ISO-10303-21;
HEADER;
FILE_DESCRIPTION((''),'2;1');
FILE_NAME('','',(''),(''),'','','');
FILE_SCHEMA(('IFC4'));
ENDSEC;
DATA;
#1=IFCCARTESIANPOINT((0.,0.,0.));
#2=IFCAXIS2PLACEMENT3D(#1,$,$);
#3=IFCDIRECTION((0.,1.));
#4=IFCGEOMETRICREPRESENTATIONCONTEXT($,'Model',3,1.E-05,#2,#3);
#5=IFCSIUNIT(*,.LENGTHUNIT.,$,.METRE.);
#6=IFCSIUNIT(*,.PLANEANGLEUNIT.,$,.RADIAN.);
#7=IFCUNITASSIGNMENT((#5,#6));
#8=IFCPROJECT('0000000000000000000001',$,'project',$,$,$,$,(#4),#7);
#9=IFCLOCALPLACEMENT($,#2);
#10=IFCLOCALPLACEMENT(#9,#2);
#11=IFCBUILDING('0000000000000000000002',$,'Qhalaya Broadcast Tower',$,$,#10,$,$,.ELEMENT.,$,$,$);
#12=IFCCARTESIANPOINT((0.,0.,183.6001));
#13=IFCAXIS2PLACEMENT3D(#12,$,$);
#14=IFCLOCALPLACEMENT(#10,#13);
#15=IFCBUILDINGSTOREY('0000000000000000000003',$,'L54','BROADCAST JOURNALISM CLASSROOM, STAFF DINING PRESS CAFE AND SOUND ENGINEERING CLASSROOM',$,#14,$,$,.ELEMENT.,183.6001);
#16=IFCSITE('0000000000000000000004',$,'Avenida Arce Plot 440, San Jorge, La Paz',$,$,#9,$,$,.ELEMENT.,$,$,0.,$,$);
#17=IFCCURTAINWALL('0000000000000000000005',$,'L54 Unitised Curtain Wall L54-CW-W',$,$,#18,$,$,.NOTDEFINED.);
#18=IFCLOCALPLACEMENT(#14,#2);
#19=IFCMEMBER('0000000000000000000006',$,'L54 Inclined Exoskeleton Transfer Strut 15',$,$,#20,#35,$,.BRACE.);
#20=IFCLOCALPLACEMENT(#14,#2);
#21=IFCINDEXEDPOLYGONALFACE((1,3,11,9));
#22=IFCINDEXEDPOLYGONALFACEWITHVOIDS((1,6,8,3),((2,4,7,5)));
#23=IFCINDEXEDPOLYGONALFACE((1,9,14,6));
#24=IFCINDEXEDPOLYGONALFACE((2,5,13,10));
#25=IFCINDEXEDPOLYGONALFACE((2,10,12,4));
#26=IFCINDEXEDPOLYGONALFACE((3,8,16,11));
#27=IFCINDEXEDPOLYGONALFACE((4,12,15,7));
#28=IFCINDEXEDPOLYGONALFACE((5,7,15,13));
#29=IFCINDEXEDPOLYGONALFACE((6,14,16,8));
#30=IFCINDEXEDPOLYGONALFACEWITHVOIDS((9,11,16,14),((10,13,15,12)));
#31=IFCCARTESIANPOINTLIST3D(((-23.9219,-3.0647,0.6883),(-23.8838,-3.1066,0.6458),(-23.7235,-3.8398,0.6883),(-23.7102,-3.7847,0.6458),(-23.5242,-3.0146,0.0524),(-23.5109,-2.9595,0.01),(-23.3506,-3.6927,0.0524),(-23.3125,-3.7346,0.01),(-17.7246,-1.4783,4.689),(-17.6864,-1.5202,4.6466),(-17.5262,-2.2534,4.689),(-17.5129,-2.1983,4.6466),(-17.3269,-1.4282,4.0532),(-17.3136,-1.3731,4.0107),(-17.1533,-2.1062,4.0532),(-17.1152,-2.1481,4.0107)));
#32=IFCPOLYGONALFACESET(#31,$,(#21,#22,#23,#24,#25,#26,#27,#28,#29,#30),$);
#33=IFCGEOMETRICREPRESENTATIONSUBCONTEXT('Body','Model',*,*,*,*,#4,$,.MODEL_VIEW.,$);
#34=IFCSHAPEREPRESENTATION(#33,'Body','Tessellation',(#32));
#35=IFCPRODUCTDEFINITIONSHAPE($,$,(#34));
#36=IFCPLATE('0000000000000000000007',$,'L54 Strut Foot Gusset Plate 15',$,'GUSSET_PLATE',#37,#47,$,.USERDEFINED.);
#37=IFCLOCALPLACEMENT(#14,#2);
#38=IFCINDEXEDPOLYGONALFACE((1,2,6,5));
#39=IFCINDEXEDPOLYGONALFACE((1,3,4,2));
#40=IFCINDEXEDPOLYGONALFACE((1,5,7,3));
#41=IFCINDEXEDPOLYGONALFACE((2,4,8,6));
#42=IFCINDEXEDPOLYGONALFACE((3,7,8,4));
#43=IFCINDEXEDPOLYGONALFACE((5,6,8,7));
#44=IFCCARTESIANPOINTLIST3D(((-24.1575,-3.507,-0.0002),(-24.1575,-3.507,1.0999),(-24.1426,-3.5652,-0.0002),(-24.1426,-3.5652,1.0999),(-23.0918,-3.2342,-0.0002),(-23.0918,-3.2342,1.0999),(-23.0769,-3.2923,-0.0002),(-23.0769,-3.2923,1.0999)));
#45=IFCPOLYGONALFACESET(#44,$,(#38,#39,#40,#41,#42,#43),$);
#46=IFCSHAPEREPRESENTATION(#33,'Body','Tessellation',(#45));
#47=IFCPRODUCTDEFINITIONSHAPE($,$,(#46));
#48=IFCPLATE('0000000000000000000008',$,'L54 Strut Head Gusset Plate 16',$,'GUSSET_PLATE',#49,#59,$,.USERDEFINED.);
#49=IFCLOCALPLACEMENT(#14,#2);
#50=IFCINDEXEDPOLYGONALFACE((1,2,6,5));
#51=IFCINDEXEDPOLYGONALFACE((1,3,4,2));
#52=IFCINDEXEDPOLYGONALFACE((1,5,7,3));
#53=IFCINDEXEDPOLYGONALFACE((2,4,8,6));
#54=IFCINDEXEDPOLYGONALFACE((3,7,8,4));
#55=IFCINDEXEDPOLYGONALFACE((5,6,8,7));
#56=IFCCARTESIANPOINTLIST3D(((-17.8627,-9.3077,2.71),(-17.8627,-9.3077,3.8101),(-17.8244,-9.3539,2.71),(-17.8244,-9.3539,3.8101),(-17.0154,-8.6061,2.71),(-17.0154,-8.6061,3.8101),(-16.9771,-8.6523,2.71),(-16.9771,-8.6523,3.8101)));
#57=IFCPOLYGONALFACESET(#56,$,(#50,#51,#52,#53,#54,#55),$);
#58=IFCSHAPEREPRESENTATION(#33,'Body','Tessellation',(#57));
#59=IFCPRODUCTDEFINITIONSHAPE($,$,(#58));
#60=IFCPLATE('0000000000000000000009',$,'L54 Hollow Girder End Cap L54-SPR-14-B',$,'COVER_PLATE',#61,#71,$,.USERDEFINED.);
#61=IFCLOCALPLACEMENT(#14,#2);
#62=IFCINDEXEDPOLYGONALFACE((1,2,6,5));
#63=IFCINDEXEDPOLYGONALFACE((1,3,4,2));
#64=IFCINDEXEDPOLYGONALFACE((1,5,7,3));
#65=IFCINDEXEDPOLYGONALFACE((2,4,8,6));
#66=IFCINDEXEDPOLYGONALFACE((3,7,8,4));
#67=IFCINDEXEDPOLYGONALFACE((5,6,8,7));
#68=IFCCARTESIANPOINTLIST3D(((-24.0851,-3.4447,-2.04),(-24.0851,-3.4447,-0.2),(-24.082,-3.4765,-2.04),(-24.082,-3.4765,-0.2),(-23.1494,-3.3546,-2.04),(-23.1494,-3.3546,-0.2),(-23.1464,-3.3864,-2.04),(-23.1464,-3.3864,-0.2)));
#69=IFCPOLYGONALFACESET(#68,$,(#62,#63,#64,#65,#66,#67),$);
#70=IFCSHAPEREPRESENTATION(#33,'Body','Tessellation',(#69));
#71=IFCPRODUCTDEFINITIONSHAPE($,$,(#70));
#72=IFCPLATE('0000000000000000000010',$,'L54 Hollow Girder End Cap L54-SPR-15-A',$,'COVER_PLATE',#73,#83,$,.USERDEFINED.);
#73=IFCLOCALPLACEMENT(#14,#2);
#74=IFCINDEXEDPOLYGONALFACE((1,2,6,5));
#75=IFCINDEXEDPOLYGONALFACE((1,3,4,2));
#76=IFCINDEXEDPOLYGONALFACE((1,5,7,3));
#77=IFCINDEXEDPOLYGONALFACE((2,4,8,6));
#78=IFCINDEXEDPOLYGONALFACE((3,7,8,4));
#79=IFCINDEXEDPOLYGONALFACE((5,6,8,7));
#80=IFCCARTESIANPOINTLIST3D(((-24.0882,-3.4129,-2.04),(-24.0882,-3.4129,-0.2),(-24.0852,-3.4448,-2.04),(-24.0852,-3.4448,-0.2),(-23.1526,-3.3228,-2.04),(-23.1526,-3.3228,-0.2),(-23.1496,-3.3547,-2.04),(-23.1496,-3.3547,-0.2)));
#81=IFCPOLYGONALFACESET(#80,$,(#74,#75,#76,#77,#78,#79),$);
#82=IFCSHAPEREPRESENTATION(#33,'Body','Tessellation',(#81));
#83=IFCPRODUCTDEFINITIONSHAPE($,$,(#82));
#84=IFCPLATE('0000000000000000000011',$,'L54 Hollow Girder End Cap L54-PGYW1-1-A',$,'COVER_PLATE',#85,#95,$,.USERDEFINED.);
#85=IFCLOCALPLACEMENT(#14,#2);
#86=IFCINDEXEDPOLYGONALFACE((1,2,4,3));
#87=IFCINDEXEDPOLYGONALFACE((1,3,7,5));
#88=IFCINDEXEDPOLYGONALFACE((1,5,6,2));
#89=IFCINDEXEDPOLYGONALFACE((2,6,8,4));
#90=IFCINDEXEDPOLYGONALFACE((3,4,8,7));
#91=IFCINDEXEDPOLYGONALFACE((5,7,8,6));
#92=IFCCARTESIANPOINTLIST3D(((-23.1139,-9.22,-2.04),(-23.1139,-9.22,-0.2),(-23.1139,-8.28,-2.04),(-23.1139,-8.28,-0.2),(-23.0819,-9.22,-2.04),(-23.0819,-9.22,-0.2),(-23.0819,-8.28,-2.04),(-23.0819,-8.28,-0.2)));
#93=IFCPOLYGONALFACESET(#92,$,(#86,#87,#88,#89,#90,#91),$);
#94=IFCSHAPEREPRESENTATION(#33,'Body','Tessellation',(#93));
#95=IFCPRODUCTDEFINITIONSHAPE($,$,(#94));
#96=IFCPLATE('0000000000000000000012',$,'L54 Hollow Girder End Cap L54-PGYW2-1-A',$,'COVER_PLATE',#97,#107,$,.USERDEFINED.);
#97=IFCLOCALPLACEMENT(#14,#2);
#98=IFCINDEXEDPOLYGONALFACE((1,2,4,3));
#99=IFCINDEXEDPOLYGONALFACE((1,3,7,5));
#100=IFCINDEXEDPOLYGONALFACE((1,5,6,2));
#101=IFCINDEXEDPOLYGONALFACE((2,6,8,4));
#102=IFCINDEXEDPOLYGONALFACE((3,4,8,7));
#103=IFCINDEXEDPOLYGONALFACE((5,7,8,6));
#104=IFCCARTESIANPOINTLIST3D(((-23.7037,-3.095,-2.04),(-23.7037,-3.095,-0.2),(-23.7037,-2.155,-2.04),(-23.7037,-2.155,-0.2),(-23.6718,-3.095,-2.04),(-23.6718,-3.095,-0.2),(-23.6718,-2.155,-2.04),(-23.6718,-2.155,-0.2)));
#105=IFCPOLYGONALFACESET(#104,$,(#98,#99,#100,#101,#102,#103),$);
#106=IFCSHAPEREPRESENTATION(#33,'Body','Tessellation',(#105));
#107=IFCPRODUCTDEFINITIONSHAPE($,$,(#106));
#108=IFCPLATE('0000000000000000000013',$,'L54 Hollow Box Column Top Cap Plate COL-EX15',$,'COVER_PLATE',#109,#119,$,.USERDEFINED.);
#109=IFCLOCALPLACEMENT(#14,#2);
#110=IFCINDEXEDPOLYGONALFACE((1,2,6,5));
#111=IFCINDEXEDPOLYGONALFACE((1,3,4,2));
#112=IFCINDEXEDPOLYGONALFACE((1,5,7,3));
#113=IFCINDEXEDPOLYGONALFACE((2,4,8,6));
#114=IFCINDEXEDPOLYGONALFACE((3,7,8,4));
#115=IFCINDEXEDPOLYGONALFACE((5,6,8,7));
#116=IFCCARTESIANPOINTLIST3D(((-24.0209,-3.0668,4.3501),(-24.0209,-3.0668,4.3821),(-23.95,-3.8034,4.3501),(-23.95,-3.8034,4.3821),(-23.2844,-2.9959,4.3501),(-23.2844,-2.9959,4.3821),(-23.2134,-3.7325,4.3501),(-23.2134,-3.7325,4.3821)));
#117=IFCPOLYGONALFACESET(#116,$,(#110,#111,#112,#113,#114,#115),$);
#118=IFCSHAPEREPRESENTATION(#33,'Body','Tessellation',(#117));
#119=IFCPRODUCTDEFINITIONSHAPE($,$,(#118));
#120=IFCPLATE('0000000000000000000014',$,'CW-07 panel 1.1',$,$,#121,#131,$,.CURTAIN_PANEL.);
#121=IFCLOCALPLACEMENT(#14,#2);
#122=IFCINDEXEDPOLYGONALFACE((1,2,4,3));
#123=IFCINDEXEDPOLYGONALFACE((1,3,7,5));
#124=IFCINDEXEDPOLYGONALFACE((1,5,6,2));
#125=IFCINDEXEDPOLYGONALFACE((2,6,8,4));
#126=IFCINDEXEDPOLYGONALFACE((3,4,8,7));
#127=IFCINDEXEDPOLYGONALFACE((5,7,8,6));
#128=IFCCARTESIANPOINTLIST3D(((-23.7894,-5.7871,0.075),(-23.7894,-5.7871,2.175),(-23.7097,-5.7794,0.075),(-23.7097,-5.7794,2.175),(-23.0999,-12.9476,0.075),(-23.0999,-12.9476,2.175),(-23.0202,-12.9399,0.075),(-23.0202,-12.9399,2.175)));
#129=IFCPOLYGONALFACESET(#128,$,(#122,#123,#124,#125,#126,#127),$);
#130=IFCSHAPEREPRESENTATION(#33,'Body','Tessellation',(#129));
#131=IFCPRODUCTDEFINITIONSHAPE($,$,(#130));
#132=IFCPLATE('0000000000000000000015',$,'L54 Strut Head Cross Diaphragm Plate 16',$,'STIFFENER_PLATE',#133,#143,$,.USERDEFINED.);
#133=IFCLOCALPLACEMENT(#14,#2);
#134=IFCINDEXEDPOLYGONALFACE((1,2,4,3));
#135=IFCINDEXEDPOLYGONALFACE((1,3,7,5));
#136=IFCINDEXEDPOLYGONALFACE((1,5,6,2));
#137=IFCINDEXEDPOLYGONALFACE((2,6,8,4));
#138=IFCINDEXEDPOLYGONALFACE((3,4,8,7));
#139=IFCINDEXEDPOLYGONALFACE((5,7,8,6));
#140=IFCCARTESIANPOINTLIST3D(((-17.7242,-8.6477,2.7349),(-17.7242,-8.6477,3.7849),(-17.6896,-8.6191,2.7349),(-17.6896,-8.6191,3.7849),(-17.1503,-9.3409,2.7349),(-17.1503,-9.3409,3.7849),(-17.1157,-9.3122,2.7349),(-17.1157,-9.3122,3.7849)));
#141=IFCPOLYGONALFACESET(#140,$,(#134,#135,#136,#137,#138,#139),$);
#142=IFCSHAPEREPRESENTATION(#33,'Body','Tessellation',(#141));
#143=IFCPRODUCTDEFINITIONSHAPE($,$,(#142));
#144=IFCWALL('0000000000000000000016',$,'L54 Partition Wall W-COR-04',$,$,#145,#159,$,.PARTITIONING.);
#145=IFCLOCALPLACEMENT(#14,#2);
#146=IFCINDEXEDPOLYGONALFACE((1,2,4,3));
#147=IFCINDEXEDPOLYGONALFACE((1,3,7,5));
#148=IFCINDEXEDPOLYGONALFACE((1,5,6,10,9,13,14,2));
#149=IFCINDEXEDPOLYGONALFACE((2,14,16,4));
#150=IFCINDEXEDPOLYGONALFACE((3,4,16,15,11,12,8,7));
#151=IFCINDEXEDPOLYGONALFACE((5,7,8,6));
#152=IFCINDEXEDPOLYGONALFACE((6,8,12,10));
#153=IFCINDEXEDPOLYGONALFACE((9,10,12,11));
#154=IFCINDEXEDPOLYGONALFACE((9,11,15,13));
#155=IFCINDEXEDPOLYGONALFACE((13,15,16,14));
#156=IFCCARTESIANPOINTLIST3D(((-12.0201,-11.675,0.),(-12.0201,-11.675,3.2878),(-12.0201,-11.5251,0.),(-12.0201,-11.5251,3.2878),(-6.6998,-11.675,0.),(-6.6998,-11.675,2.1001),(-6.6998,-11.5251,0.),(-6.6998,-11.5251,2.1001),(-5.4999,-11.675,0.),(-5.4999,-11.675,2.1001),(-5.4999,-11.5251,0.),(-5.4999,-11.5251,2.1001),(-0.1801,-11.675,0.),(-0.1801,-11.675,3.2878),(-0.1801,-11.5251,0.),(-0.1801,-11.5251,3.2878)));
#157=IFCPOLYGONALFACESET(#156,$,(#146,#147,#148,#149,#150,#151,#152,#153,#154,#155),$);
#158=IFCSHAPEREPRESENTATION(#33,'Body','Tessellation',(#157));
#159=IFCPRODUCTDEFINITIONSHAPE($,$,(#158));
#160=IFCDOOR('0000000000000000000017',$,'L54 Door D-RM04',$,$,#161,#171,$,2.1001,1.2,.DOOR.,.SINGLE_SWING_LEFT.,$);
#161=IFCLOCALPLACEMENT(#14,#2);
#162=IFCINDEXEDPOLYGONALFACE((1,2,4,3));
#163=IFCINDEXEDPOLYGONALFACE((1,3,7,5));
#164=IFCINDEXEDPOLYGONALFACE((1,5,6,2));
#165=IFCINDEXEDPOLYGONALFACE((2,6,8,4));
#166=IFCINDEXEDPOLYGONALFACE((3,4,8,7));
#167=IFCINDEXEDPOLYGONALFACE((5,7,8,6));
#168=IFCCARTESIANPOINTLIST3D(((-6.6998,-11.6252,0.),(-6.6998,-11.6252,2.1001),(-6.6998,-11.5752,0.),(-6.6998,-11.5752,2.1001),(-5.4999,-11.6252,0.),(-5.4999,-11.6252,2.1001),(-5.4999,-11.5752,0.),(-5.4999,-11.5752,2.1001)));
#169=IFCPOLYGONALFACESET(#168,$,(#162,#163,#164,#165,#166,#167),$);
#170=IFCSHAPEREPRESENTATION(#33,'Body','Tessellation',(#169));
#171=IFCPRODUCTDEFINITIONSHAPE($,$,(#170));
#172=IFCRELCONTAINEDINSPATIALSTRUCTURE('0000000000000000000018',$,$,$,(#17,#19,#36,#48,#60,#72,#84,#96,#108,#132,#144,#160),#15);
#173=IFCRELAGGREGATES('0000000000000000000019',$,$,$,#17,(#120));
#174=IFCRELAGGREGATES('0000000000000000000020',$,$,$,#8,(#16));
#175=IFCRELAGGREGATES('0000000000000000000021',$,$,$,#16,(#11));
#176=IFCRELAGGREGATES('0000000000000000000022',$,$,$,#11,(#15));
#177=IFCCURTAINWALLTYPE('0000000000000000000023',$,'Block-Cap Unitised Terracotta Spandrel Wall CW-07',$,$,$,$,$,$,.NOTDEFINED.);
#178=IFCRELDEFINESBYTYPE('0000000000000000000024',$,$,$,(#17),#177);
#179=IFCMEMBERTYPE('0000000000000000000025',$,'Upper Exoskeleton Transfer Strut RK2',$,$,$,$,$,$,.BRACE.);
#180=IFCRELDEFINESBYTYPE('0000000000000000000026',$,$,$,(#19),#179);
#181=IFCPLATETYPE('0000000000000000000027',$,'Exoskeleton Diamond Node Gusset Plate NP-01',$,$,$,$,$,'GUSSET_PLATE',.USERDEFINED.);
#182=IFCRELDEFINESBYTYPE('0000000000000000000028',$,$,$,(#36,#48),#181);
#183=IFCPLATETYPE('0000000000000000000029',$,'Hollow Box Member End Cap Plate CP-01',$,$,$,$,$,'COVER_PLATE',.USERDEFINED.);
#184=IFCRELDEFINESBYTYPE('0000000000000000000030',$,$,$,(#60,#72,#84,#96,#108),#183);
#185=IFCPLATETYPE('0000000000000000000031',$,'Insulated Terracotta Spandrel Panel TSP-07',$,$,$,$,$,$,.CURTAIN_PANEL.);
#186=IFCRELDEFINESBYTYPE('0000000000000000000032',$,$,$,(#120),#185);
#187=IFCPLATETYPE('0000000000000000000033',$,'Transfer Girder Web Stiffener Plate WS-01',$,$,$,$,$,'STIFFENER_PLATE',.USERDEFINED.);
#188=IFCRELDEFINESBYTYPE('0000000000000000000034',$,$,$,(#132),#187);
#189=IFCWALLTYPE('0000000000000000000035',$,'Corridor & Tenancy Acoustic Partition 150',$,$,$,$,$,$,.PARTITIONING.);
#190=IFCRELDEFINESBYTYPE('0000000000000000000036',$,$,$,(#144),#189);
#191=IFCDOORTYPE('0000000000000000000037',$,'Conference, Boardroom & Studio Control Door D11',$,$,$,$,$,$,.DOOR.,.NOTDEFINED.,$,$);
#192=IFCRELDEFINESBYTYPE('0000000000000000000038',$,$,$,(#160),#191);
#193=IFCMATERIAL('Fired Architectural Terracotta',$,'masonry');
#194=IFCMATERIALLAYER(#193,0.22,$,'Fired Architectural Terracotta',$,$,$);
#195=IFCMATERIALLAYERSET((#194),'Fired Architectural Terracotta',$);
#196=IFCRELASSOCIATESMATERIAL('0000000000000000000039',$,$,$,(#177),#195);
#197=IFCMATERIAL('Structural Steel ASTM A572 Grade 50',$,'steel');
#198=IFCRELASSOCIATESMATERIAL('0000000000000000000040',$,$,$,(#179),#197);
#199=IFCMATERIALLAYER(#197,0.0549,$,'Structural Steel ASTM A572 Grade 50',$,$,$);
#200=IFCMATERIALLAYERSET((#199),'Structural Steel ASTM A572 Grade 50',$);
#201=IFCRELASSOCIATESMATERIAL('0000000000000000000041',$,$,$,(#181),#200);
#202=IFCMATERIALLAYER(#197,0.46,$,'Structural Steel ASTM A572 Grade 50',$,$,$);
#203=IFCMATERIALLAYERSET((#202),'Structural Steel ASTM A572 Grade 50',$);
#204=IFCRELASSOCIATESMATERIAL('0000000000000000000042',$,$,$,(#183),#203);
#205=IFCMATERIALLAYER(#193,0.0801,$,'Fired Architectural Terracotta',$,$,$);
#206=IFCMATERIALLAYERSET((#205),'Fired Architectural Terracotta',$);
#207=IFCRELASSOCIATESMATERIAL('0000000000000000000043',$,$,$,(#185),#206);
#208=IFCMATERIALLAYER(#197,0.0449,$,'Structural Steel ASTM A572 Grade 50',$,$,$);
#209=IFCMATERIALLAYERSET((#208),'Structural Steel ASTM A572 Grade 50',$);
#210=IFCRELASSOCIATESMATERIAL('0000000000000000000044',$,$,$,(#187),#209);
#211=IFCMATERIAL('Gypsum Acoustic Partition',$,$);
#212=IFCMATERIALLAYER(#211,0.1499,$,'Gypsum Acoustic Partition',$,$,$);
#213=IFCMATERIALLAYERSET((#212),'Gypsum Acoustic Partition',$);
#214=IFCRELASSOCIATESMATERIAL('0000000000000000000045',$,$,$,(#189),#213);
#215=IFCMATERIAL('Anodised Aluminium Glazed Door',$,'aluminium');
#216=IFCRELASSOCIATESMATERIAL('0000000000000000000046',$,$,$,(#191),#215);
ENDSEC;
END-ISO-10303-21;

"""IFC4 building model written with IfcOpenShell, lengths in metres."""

from ifc_helpers import new_model, si_unit, direction, frame, frame_2d, origin, origin_2d, place, context, subcontext, project, spatial, rectangle, hollow_rectangle, extrude, material, layer, layer_set, material_profile, profile_set, type_object, element, fill, aggregate, save


model = new_model("IFC4")

# Units and contexts
model_context = context("Model", 3, precision=1e-05, world=origin(), true_north=direction((0.0, 1.0)))
body_context = subcontext(model_context, "Body", "Model", "MODEL_VIEW")
ifc_project = project(units=[si_unit("LENGTHUNIT", "METRE"), si_unit("PLANEANGLEUNIT", "RADIAN")], contexts=[model_context])

# Site, building, storey
site_placement = place(None, origin())
site = spatial("IfcSite", under=ifc_project, at=site_placement, Name="Avenida Arce Plot 440, San Jorge, La Paz", CompositionType="ELEMENT", RefElevation=0.0)
building_placement = place(site_placement, origin())
building = spatial("IfcBuilding", under=site, at=building_placement, Name="Qhalaya Broadcast Tower", CompositionType="ELEMENT")
storey_placement = place(building_placement, frame((0.0, 0.0, 183.6001)))
storey = spatial("IfcBuildingStorey", under=building, at=storey_placement, Name="L54", Description="BROADCAST JOURNALISM CLASSROOM, STAFF DINING PRESS CAFE AND SOUND ENGINEERING CLASSROOM", CompositionType="ELEMENT", Elevation=183.6001)

# Shared definitions
ifc_material_1 = material(Name="Structural Steel ASTM A572 Grade 50", Category="steel")

# Curtain wall
ifc_material_2 = material(Name="Fired Architectural Terracotta", Category="masonry")
ifc_layer_1 = layer(ifc_material_2, 0.22, Name="Fired Architectural Terracotta")
ifc_layer_set_1 = layer_set([ifc_layer_1], Name="Fired Architectural Terracotta")
curtain_wall_type = type_object("IfcCurtainWallType", Name="Block-Cap Unitised Terracotta Spandrel Wall CW-07", PredefinedType="NOTDEFINED", material=ifc_layer_set_1)
curtain_wall_placement = place(storey_placement, origin())
curtain_wall = element("IfcCurtainWall", 1, at=curtain_wall_placement, inside=storey, type_object=curtain_wall_type, Name="L54 Unitised Curtain Wall L54-CW-W", PredefinedType="NOTDEFINED")

# Member
ifc_material_profile_1 = material_profile(ifc_material_1, hollow_rectangle(XDim=0.8, YDim=0.8, WallThickness=0.05, at=origin_2d()), Name="BOX 800x800x50")
ifc_profile_set_1 = profile_set([ifc_material_profile_1], Name="Structural Steel ASTM A572 Grade 50")
member_type_1 = type_object("IfcMemberType", Name="Upper Exoskeleton Transfer Strut RK2", PredefinedType="BRACE", material=ifc_profile_set_1)
member_1_placement = place(storey_placement, frame((-23.6172, -3.3997, 0.3491), z_axis=(0.821362, 0.210259, 0.530242), x_axis=(-0.247992, 0.968762, 0.0)))
element("IfcMember", 2, at=member_1_placement, inside=storey, type_object=member_type_1, Name="L54 Inclined Exoskeleton Transfer Strut 15", PredefinedType="BRACE", context=body_context, shape_type="SweptSolid", body=[
    extrude(hollow_rectangle(XDim=0.8, YDim=0.8, WallThickness=0.05, at=origin_2d()), origin(), (0.0, 0.0, 1.0), 7.5452),
])

# Plates
ifc_layer_2 = layer(ifc_material_1, 0.0549, Name="Structural Steel ASTM A572 Grade 50")
ifc_layer_set_2 = layer_set([ifc_layer_2], Name="Structural Steel ASTM A572 Grade 50")
plate_type_1 = type_object("IfcPlateType", Name="Exoskeleton Diamond Node Gusset Plate NP-01", ElementType="GUSSET_PLATE", PredefinedType="USERDEFINED", material=ifc_layer_set_2)
for number, where, z_axis, x_axis, name in (
    (3, (-23.6172, -3.3997, -0.0002), (0.0, 0.0, 1.0), (0.968765, 0.24798, 0.0), "L54 Strut Foot Gusset Plate 15"),
    (4, (-17.4199, -8.98, 2.71), (0.0, 0.0, 1.0), (0.770235, 0.63776, 0.0), "L54 Strut Head Gusset Plate 16"),
):
    element("IfcPlate", number, at=place(storey_placement, frame(where, z_axis=z_axis, x_axis=x_axis)), inside=storey, type_object=plate_type_1, Name=name, ObjectType="GUSSET_PLATE", PredefinedType="USERDEFINED", context=body_context, shape_type="SweptSolid", body=[
        extrude(rectangle(XDim=1.1001, YDim=0.0601, at=origin_2d()), origin(), (0.0, 0.0, 1.0), 1.1001),
    ])
ifc_layer_3 = layer(ifc_material_1, 0.46, Name="Structural Steel ASTM A572 Grade 50")
ifc_layer_set_3 = layer_set([ifc_layer_3], Name="Structural Steel ASTM A572 Grade 50")
plate_type_2 = type_object("IfcPlateType", Name="Hollow Box Member End Cap Plate CP-01", ElementType="COVER_PLATE", PredefinedType="USERDEFINED", material=ifc_layer_set_3)
for number, where, z_axis, x_axis, name in (
    (5, (-23.6157, -3.4155, -2.04), (0.0, 0.0, 1.0), (0.995396, 0.095846, 0.0), "L54 Hollow Girder End Cap L54-SPR-14-B"),
    (6, (-23.6189, -3.3838, -2.04), (0.0, 0.0, 1.0), (0.995396, 0.095846, 0.0), "L54 Hollow Girder End Cap L54-SPR-15-A"),
    (7, (-23.0979, -8.75, -2.04), (0.0, 0.0, 1.0), (0.0, 1.0, 0.0), "L54 Hollow Girder End Cap L54-PGYW1-1-A"),
    (8, (-23.6877, -2.625, -2.04), (0.0, 0.0, 1.0), (0.0, 1.0, 0.0), "L54 Hollow Girder End Cap L54-PGYW2-1-A"),
):
    element("IfcPlate", number, at=place(storey_placement, frame(where, z_axis=z_axis, x_axis=x_axis)), inside=storey, type_object=plate_type_2, Name=name, ObjectType="COVER_PLATE", PredefinedType="USERDEFINED", context=body_context, shape_type="SweptSolid", body=[
        extrude(rectangle(XDim=0.9399, YDim=0.032, at=origin_2d()), origin(), (0.0, 0.0, 1.0), 1.8401),
    ])
plate_1_placement = place(storey_placement, frame((-23.6172, -3.3997, 4.3501), z_axis=(0.0, 0.0, 1.0), x_axis=(-0.095846, 0.995396, 0.0)))
element("IfcPlate", 9, at=plate_1_placement, inside=storey, type_object=plate_type_2, Name="L54 Hollow Box Column Top Cap Plate COL-EX15", ObjectType="COVER_PLATE", PredefinedType="USERDEFINED", context=body_context, shape_type="SweptSolid", body=[
    extrude(rectangle(XDim=0.74, YDim=0.74, at=origin_2d()), origin(), (0.0, 0.0, 1.0), 0.032),
])

# Plates
ifc_layer_4 = layer(ifc_material_2, 0.0801, Name="Fired Architectural Terracotta")
ifc_layer_set_4 = layer_set([ifc_layer_4], Name="Fired Architectural Terracotta")
plate_type_3 = type_object("IfcPlateType", Name="Insulated Terracotta Spandrel Panel TSP-07", PredefinedType="CURTAIN_PANEL", material=ifc_layer_set_4)
plate_2_placement = place(storey_placement, frame((-23.4048, -9.3635, 0.075), z_axis=(0.0, 0.0, 1.0), x_axis=(-0.095846, 0.995396, 0.0)))
plate_2 = element("IfcPlate", 10, at=plate_2_placement, type_object=plate_type_3, Name="CW-07 panel 1.1", PredefinedType="CURTAIN_PANEL", context=body_context, shape_type="SweptSolid", body=[
    extrude(rectangle(XDim=7.1936, YDim=0.0801, at=origin_2d()), origin(), (0.0, 0.0, 1.0), 2.1001),
])
aggregate(curtain_wall, [plate_2])
ifc_layer_5 = layer(ifc_material_1, 0.0449, Name="Structural Steel ASTM A572 Grade 50")
ifc_layer_set_5 = layer_set([ifc_layer_5], Name="Structural Steel ASTM A572 Grade 50")
plate_type_4 = type_object("IfcPlateType", Name="Transfer Girder Web Stiffener Plate WS-01", ElementType="STIFFENER_PLATE", PredefinedType="USERDEFINED", material=ifc_layer_set_5)
plate_3_placement = place(storey_placement, frame((-17.4199, -8.98, 2.7349), z_axis=(0.0, 0.0, 1.0), x_axis=(-0.63776, 0.770235, 0.0)))
element("IfcPlate", 11, at=plate_3_placement, inside=storey, type_object=plate_type_4, Name="L54 Strut Head Cross Diaphragm Plate 16", ObjectType="STIFFENER_PLATE", PredefinedType="USERDEFINED", context=body_context, shape_type="SweptSolid", body=[
    extrude(rectangle(XDim=0.8999, YDim=0.0449, at=origin_2d()), origin(), (0.0, 0.0, 1.0), 1.05),
])

# Wall, opening, door
ifc_material_3 = material(Name="Gypsum Acoustic Partition")
ifc_layer_6 = layer(ifc_material_3, 0.1499, Name="Gypsum Acoustic Partition")
ifc_layer_set_6 = layer_set([ifc_layer_6], Name="Gypsum Acoustic Partition")
wall_type_1 = type_object("IfcWallType", Name="Corridor & Tenancy Acoustic Partition 150", PredefinedType="PARTITIONING", material=ifc_layer_set_6)
wall_1_placement = place(storey_placement, frame((-12.02, -11.6001, 0.0), z_axis=(0.0, 0.0, 1.0), x_axis=(1.0, 0.0, 0.0)))
wall_1 = element("IfcWall", 12, at=wall_1_placement, inside=storey, type_object=wall_type_1, Name="L54 Partition Wall W-COR-04", PredefinedType="PARTITIONING", context=body_context, shape_type="SweptSolid", body=[
    extrude(rectangle(XDim=11.8401, YDim=0.1499, at=frame_2d((5.9199, 0.0))), origin(), (0.0, 0.0, 1.0), 3.2878),
])
opening_1_placement = place(wall_1_placement, frame((5.3201, 0.0, 0.0)))
opening_1 = element("IfcOpeningElement", 13, at=opening_1_placement, cuts=wall_1, PredefinedType="OPENING", context=body_context, shape_type="SweptSolid", body=[
    extrude(rectangle(XDim=1.2, YDim=2.1001, at=frame_2d((0.6001, 1.05))), frame((0.0, 0.0869, 0.0), z_axis=(0.0, -1.0, 0.0), x_axis=(1.0, 0.0, 0.0)), (0.0, 0.0, 1.0), 0.1738),
])
ifc_material_4 = material(Name="Anodised Aluminium Glazed Door", Category="aluminium")
door_type_1 = type_object("IfcDoorType", Name="Conference, Boardroom & Studio Control Door D11", OperationType="NOTDEFINED", PredefinedType="DOOR", material=ifc_material_4)
door_1_placement = place(opening_1_placement, origin())
door_1 = element("IfcDoor", 14, at=door_1_placement, inside=storey, type_object=door_type_1, Name="L54 Door D-RM04", OperationType="SINGLE_SWING_LEFT", OverallHeight=2.1001, OverallWidth=1.2, PredefinedType="DOOR", context=body_context, shape_type="SweptSolid", body=[
    extrude(rectangle(XDim=1.2, YDim=2.1001, at=frame_2d((0.6001, 1.05))), frame((0.0, 0.0249, 0.0), z_axis=(0.0, -1.0, 0.0), x_axis=(1.0, 0.0, 0.0)), (0.0, 0.0, 1.0), 0.05),
])
fill(opening_1, door_1)

save(model, "model.ifc")
